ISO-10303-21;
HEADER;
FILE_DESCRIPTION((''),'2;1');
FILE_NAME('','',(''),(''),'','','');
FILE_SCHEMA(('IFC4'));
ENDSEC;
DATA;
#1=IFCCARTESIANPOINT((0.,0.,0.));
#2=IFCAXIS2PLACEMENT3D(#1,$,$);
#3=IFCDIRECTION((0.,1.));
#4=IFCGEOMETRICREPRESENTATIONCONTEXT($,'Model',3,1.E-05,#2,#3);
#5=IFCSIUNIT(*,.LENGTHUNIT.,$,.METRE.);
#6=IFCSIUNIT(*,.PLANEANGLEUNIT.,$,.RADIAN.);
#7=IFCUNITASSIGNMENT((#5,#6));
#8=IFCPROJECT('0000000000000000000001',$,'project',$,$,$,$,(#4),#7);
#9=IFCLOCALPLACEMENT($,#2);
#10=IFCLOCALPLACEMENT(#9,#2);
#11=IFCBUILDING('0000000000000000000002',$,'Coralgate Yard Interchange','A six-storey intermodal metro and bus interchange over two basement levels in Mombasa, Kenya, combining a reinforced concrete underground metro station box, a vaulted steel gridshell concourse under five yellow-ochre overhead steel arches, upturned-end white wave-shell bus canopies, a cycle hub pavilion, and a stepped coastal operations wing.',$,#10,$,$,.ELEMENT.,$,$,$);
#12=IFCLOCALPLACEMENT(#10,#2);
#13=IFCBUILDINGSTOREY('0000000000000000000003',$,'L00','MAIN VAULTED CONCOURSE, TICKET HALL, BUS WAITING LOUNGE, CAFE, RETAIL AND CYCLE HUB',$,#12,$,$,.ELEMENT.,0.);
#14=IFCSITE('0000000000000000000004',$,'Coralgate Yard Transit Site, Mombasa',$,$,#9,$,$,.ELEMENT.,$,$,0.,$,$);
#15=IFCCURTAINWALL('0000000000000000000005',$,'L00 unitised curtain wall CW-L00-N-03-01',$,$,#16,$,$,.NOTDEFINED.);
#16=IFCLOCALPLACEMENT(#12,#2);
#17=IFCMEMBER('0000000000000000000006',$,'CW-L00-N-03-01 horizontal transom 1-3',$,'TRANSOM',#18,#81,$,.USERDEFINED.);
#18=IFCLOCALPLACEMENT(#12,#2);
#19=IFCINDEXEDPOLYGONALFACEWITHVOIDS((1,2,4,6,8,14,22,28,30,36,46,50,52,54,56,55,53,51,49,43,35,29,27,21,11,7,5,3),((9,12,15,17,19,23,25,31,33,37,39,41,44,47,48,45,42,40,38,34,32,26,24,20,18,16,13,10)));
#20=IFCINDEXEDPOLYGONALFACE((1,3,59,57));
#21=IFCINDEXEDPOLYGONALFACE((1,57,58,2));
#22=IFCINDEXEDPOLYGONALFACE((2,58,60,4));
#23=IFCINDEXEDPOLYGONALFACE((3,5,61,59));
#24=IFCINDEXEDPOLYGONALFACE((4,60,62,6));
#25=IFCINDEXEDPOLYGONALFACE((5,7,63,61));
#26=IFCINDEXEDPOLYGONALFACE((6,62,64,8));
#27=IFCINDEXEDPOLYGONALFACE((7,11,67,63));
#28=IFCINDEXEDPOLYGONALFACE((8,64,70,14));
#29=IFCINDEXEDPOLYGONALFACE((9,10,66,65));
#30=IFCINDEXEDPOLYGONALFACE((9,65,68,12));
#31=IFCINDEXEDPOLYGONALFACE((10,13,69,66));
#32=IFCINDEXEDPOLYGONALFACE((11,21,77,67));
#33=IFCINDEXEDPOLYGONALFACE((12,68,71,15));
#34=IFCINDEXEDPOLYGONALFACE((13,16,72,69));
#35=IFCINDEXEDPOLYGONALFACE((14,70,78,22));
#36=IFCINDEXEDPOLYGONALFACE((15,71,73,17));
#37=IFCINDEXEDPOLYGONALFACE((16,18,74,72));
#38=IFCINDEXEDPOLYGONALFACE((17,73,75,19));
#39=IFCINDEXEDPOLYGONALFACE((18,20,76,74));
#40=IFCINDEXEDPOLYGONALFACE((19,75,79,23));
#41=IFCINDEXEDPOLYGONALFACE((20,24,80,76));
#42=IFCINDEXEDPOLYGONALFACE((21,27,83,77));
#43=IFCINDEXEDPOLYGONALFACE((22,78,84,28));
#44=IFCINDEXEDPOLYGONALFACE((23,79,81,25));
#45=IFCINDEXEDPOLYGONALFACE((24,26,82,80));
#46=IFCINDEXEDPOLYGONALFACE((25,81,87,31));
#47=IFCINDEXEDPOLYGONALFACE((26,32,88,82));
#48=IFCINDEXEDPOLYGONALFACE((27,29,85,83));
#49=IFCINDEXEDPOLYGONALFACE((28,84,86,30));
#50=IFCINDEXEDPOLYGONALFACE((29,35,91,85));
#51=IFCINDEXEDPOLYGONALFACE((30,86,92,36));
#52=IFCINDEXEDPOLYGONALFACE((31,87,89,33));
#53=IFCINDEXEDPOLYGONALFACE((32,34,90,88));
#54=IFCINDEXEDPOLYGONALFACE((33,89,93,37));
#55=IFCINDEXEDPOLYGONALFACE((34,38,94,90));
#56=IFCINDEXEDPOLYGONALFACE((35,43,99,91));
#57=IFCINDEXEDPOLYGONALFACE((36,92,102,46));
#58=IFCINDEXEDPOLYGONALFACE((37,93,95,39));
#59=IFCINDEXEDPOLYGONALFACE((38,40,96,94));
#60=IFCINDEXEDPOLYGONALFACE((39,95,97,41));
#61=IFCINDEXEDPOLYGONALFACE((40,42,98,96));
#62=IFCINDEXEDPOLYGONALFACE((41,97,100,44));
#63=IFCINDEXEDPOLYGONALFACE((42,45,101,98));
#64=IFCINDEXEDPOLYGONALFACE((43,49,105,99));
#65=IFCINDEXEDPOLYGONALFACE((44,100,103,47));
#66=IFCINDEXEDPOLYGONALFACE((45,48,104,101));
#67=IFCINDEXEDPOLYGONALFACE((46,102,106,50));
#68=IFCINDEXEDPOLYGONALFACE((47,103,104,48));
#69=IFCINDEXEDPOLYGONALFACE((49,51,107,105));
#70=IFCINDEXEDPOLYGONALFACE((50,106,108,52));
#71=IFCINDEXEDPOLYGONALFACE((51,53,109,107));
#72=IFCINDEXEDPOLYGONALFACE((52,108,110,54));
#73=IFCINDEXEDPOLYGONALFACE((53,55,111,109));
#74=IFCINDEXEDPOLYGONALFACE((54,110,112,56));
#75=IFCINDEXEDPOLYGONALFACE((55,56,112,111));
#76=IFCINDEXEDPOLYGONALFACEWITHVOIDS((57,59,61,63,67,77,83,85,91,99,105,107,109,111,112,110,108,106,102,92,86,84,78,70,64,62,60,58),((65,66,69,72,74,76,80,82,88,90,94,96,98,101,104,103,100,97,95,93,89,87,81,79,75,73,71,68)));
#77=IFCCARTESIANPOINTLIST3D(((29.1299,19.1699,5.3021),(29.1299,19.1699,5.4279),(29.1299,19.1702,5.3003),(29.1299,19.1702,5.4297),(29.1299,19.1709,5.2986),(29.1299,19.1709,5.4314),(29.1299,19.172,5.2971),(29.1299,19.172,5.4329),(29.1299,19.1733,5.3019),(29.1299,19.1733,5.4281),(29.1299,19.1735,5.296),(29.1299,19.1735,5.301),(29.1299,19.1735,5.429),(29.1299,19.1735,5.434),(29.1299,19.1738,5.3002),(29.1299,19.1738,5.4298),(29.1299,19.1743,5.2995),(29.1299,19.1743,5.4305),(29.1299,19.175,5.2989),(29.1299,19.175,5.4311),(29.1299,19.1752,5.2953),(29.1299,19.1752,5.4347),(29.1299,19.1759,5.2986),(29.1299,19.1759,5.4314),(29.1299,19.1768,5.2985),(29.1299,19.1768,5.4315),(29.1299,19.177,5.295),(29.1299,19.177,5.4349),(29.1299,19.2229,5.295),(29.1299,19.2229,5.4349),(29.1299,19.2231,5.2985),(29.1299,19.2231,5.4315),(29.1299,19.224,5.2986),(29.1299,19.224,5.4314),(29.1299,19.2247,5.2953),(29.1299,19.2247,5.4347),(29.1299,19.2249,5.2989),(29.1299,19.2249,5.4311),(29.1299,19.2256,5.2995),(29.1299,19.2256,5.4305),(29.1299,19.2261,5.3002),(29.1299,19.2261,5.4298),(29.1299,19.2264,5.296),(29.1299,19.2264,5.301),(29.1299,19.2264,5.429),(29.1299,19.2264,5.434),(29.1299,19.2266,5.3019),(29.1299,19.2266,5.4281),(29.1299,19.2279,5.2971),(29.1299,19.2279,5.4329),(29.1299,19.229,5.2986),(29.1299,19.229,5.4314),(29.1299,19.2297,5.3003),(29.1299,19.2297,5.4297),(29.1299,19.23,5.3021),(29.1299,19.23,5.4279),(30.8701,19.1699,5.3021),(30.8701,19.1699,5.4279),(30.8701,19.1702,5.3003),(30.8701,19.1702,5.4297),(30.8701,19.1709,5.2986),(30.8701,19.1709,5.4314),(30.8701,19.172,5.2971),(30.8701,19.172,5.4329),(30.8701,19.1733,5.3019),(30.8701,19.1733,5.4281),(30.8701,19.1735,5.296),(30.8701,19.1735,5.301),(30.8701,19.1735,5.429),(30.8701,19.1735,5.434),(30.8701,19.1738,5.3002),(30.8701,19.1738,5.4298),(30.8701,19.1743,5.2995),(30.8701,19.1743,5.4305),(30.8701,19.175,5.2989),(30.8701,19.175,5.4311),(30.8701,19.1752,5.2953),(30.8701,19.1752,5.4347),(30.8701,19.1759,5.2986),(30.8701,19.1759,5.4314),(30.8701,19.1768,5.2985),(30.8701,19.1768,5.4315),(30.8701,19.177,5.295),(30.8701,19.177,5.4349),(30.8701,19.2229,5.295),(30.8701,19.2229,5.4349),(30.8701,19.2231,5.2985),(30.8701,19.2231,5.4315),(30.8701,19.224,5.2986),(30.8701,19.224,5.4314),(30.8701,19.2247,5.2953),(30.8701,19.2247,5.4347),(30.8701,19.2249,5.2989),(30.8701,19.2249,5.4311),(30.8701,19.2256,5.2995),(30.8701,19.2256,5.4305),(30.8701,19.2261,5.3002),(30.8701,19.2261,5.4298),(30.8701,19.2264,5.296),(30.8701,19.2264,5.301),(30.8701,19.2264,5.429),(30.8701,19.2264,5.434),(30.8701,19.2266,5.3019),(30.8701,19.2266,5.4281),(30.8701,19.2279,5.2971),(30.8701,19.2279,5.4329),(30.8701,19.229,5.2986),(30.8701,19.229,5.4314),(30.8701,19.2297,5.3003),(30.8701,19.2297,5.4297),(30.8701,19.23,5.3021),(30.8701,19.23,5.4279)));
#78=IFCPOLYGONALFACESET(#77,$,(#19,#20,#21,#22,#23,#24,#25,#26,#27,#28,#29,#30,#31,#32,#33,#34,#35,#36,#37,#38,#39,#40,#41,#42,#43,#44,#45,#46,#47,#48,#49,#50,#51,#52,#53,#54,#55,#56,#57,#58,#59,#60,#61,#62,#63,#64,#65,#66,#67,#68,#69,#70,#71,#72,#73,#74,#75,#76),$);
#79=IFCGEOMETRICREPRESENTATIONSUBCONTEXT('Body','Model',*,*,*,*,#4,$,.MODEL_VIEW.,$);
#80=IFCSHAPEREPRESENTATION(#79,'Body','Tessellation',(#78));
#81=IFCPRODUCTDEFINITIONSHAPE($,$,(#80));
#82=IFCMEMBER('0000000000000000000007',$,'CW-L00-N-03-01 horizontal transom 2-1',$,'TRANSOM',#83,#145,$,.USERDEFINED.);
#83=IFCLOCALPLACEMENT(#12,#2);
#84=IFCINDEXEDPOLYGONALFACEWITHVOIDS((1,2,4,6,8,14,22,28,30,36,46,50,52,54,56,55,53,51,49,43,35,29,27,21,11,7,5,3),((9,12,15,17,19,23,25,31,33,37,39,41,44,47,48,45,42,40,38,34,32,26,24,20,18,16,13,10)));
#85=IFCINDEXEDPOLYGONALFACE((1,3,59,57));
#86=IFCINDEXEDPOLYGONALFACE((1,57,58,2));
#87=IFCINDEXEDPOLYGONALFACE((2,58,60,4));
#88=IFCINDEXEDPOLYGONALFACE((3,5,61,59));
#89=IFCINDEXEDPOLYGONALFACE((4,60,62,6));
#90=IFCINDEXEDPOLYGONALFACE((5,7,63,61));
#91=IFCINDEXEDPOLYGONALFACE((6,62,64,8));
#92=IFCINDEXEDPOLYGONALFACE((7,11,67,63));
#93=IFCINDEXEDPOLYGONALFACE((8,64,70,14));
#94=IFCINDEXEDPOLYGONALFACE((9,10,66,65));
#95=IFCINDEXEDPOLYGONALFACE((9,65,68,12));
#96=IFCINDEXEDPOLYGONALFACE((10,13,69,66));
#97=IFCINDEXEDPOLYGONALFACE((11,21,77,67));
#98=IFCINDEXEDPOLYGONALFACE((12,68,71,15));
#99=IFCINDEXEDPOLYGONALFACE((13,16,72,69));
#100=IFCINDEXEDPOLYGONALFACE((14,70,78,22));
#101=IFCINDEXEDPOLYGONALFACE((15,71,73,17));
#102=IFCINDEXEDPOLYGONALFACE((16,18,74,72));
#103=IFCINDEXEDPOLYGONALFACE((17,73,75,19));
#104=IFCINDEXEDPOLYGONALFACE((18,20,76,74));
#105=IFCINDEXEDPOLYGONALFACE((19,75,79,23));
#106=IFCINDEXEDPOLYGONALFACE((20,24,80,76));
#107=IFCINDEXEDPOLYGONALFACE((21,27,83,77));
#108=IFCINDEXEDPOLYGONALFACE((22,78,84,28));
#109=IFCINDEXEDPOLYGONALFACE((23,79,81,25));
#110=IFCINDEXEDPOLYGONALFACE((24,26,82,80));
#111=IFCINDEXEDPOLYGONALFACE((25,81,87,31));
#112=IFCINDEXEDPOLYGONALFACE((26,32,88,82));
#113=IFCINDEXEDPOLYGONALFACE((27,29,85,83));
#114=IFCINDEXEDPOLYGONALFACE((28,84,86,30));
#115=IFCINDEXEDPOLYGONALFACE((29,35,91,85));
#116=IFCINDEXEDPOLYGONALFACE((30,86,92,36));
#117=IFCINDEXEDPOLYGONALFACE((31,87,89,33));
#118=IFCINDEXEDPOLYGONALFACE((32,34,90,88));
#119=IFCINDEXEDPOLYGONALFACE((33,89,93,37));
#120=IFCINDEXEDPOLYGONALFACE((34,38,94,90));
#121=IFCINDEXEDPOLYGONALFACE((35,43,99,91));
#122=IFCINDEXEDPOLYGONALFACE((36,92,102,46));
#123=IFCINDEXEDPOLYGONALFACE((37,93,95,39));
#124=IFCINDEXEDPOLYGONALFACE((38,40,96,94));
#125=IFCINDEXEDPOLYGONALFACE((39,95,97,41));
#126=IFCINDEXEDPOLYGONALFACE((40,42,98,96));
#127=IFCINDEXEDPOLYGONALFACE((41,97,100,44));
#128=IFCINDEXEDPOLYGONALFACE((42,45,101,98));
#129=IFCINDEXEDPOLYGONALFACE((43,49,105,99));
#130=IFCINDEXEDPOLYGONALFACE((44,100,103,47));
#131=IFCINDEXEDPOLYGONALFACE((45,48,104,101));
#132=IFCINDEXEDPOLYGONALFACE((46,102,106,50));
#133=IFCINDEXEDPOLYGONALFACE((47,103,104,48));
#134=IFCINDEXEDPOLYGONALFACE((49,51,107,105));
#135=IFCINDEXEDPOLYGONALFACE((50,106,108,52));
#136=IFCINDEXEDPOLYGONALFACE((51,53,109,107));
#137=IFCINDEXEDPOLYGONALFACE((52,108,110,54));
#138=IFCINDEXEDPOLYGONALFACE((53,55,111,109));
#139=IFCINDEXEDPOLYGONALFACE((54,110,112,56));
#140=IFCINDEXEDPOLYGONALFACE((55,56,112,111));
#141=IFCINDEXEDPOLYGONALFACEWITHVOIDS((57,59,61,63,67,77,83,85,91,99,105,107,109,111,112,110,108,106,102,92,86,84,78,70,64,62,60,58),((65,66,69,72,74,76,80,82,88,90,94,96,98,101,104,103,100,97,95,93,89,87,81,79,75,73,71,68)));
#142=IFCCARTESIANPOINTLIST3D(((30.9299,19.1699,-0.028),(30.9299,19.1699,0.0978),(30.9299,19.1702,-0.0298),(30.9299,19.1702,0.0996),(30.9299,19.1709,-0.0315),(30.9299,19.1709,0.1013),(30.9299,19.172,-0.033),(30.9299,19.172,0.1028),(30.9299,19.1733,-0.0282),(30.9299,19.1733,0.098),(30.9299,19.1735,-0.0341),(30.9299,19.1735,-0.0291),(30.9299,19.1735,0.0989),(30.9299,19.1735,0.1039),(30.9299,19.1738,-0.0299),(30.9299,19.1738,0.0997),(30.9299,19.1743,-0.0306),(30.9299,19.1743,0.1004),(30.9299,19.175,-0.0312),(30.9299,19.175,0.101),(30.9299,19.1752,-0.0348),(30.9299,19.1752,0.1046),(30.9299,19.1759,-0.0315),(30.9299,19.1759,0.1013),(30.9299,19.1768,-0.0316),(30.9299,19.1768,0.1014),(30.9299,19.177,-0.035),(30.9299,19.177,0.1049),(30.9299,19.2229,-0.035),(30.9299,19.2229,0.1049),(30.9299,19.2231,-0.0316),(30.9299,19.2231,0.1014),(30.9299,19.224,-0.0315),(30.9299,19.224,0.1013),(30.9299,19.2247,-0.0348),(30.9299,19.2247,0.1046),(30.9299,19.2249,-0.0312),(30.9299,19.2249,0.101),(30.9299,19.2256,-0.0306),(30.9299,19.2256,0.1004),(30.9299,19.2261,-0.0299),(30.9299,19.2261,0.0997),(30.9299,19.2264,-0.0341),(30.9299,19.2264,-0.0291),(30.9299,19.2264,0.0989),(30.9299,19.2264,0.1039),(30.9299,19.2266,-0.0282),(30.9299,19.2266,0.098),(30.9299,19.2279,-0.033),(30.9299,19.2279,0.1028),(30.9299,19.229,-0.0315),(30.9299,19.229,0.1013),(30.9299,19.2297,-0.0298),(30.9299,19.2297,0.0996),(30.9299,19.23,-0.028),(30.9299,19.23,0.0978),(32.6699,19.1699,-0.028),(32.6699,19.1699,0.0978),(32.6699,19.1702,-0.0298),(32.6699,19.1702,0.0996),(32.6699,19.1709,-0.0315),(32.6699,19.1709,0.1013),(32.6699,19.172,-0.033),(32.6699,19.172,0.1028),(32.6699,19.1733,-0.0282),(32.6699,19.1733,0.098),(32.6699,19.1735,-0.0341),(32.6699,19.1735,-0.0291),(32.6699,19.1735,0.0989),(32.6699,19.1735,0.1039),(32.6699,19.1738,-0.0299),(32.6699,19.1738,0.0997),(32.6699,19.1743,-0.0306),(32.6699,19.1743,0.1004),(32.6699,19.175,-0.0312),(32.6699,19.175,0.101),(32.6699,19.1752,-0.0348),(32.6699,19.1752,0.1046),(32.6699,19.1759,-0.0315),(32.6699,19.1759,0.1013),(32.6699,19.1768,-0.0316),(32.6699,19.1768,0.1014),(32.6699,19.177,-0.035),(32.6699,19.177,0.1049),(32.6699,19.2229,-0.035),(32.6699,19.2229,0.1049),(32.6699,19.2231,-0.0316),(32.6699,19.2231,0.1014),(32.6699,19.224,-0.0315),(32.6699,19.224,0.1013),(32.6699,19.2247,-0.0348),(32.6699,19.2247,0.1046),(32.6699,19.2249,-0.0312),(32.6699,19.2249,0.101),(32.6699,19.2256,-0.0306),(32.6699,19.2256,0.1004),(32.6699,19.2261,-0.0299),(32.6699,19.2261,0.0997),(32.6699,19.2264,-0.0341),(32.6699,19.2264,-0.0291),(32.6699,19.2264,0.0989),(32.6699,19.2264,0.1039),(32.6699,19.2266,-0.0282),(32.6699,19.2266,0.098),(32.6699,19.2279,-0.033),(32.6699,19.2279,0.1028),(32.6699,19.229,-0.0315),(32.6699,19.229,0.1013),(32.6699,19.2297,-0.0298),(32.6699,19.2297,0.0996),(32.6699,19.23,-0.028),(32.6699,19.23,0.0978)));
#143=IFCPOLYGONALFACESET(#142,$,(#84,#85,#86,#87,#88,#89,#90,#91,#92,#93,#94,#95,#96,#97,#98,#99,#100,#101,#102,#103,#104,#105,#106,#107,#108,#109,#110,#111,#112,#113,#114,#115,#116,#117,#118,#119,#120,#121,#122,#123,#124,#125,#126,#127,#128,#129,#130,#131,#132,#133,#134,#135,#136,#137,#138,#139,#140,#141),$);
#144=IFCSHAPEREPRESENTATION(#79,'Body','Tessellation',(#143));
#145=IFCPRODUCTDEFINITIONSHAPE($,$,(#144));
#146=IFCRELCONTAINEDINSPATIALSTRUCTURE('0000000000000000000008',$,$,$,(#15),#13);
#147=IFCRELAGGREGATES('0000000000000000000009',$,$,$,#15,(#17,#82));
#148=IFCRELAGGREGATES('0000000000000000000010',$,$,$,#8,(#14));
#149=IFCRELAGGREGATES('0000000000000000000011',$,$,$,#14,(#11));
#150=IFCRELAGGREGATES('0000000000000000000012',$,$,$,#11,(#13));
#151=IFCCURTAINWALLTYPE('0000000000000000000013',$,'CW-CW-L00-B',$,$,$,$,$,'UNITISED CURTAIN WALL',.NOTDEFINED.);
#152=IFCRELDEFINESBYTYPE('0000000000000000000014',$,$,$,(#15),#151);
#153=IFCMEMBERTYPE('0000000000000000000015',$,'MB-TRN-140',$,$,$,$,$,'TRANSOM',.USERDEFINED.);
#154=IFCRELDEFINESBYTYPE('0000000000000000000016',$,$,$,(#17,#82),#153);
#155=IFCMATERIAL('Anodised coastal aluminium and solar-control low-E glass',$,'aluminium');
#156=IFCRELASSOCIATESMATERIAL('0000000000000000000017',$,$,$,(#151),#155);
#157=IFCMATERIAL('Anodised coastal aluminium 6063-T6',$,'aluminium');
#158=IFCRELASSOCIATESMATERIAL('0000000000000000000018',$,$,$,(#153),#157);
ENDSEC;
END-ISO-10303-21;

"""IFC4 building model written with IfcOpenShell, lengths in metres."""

from ifc_helpers import new_model, si_unit, direction, frame, origin, origin_2d, place, context, subcontext, project, spatial, hollow_rectangle, extrude, material, material_profile, profile_set, type_object, element, aggregate, save


model = new_model("IFC4")

# Units and contexts
model_context = context("Model", 3, precision=1e-05, world=origin(), true_north=direction((0.0, 1.0)))
body_context = subcontext(model_context, "Body", "Model", "MODEL_VIEW")
ifc_project = project(units=[si_unit("LENGTHUNIT", "METRE"), si_unit("PLANEANGLEUNIT", "RADIAN")], contexts=[model_context])

# Site, building, storey
site_placement = place(None, origin())
site = spatial("IfcSite", under=ifc_project, at=site_placement, Name="Coralgate Yard Transit Site, Mombasa", CompositionType="ELEMENT", RefElevation=0.0)
building_placement = place(site_placement, origin())
building = spatial("IfcBuilding", under=site, at=building_placement, Name="Coralgate Yard Interchange", Description="A six-storey intermodal metro and bus interchange over two basement levels in Mombasa, Kenya, combining a reinforced concrete underground metro station box, a vaulted steel gridshell concourse under five yellow-ochre overhead steel arches, upturned-end white wave-shell bus canopies, a cycle hub pavilion, and a stepped coastal operations wing.", CompositionType="ELEMENT")
storey_placement = place(building_placement, origin())
storey = spatial("IfcBuildingStorey", under=building, at=storey_placement, Name="L00", Description="MAIN VAULTED CONCOURSE, TICKET HALL, BUS WAITING LOUNGE, CAFE, RETAIL AND CYCLE HUB", CompositionType="ELEMENT", Elevation=0.0)

# Curtain wall, members
ifc_material_1 = material(Name="Anodised coastal aluminium and solar-control low-E glass", Category="aluminium")
curtain_wall_type = type_object("IfcCurtainWallType", Name="CW-CW-L00-B", ElementType="UNITISED CURTAIN WALL", PredefinedType="NOTDEFINED", material=ifc_material_1)
curtain_wall_placement = place(storey_placement, origin())
curtain_wall = element("IfcCurtainWall", 1, at=curtain_wall_placement, inside=storey, type_object=curtain_wall_type, Name="L00 unitised curtain wall CW-L00-N-03-01", PredefinedType="NOTDEFINED")
ifc_material_2 = material(Name="Anodised coastal aluminium 6063-T6", Category="aluminium")
ifc_material_profile_1 = material_profile(ifc_material_2, hollow_rectangle(XDim=0.0601, YDim=0.1399, WallThickness=0.0034, InnerFilletRadius=0.0034, OuterFilletRadius=0.0071, at=origin_2d()), Name="ALU 60x140x3.5")
ifc_profile_set_1 = profile_set([ifc_material_profile_1], Name="Anodised coastal aluminium 6063-T6")
member_type_1 = type_object("IfcMemberType", Name="MB-TRN-140", ElementType="TRANSOM", PredefinedType="USERDEFINED", material=ifc_profile_set_1)
member_1_placement = place(storey_placement, frame((29.1299, 19.2, 5.365), z_axis=(1.0, 0.0, 0.0), x_axis=(0.0, 1.0, 0.0)))
member_1 = element("IfcMember", 2, at=member_1_placement, type_object=member_type_1, Name="CW-L00-N-03-01 horizontal transom 1-3", ObjectType="TRANSOM", PredefinedType="USERDEFINED", context=body_context, shape_type="SweptSolid", body=[
    extrude(hollow_rectangle(XDim=0.0601, YDim=0.1399, WallThickness=0.0034, InnerFilletRadius=0.0034, OuterFilletRadius=0.0071, at=origin_2d()), origin(), (0.0, 0.0, 1.0), 1.7402),
])
member_2_placement = place(storey_placement, frame((30.9299, 19.2, 0.0349), z_axis=(1.0, 0.0, 0.0), x_axis=(0.0, 1.0, 0.0)))
member_2 = element("IfcMember", 3, at=member_2_placement, type_object=member_type_1, Name="CW-L00-N-03-01 horizontal transom 2-1", ObjectType="TRANSOM", PredefinedType="USERDEFINED", context=body_context, shape_type="SweptSolid", body=[
    extrude(hollow_rectangle(XDim=0.0601, YDim=0.1399, WallThickness=0.0034, InnerFilletRadius=0.0034, OuterFilletRadius=0.0071, at=origin_2d()), origin(), (0.0, 0.0, 1.0), 1.74),
])
aggregate(curtain_wall, [member_1, member_2])

save(model, "model.ifc")
